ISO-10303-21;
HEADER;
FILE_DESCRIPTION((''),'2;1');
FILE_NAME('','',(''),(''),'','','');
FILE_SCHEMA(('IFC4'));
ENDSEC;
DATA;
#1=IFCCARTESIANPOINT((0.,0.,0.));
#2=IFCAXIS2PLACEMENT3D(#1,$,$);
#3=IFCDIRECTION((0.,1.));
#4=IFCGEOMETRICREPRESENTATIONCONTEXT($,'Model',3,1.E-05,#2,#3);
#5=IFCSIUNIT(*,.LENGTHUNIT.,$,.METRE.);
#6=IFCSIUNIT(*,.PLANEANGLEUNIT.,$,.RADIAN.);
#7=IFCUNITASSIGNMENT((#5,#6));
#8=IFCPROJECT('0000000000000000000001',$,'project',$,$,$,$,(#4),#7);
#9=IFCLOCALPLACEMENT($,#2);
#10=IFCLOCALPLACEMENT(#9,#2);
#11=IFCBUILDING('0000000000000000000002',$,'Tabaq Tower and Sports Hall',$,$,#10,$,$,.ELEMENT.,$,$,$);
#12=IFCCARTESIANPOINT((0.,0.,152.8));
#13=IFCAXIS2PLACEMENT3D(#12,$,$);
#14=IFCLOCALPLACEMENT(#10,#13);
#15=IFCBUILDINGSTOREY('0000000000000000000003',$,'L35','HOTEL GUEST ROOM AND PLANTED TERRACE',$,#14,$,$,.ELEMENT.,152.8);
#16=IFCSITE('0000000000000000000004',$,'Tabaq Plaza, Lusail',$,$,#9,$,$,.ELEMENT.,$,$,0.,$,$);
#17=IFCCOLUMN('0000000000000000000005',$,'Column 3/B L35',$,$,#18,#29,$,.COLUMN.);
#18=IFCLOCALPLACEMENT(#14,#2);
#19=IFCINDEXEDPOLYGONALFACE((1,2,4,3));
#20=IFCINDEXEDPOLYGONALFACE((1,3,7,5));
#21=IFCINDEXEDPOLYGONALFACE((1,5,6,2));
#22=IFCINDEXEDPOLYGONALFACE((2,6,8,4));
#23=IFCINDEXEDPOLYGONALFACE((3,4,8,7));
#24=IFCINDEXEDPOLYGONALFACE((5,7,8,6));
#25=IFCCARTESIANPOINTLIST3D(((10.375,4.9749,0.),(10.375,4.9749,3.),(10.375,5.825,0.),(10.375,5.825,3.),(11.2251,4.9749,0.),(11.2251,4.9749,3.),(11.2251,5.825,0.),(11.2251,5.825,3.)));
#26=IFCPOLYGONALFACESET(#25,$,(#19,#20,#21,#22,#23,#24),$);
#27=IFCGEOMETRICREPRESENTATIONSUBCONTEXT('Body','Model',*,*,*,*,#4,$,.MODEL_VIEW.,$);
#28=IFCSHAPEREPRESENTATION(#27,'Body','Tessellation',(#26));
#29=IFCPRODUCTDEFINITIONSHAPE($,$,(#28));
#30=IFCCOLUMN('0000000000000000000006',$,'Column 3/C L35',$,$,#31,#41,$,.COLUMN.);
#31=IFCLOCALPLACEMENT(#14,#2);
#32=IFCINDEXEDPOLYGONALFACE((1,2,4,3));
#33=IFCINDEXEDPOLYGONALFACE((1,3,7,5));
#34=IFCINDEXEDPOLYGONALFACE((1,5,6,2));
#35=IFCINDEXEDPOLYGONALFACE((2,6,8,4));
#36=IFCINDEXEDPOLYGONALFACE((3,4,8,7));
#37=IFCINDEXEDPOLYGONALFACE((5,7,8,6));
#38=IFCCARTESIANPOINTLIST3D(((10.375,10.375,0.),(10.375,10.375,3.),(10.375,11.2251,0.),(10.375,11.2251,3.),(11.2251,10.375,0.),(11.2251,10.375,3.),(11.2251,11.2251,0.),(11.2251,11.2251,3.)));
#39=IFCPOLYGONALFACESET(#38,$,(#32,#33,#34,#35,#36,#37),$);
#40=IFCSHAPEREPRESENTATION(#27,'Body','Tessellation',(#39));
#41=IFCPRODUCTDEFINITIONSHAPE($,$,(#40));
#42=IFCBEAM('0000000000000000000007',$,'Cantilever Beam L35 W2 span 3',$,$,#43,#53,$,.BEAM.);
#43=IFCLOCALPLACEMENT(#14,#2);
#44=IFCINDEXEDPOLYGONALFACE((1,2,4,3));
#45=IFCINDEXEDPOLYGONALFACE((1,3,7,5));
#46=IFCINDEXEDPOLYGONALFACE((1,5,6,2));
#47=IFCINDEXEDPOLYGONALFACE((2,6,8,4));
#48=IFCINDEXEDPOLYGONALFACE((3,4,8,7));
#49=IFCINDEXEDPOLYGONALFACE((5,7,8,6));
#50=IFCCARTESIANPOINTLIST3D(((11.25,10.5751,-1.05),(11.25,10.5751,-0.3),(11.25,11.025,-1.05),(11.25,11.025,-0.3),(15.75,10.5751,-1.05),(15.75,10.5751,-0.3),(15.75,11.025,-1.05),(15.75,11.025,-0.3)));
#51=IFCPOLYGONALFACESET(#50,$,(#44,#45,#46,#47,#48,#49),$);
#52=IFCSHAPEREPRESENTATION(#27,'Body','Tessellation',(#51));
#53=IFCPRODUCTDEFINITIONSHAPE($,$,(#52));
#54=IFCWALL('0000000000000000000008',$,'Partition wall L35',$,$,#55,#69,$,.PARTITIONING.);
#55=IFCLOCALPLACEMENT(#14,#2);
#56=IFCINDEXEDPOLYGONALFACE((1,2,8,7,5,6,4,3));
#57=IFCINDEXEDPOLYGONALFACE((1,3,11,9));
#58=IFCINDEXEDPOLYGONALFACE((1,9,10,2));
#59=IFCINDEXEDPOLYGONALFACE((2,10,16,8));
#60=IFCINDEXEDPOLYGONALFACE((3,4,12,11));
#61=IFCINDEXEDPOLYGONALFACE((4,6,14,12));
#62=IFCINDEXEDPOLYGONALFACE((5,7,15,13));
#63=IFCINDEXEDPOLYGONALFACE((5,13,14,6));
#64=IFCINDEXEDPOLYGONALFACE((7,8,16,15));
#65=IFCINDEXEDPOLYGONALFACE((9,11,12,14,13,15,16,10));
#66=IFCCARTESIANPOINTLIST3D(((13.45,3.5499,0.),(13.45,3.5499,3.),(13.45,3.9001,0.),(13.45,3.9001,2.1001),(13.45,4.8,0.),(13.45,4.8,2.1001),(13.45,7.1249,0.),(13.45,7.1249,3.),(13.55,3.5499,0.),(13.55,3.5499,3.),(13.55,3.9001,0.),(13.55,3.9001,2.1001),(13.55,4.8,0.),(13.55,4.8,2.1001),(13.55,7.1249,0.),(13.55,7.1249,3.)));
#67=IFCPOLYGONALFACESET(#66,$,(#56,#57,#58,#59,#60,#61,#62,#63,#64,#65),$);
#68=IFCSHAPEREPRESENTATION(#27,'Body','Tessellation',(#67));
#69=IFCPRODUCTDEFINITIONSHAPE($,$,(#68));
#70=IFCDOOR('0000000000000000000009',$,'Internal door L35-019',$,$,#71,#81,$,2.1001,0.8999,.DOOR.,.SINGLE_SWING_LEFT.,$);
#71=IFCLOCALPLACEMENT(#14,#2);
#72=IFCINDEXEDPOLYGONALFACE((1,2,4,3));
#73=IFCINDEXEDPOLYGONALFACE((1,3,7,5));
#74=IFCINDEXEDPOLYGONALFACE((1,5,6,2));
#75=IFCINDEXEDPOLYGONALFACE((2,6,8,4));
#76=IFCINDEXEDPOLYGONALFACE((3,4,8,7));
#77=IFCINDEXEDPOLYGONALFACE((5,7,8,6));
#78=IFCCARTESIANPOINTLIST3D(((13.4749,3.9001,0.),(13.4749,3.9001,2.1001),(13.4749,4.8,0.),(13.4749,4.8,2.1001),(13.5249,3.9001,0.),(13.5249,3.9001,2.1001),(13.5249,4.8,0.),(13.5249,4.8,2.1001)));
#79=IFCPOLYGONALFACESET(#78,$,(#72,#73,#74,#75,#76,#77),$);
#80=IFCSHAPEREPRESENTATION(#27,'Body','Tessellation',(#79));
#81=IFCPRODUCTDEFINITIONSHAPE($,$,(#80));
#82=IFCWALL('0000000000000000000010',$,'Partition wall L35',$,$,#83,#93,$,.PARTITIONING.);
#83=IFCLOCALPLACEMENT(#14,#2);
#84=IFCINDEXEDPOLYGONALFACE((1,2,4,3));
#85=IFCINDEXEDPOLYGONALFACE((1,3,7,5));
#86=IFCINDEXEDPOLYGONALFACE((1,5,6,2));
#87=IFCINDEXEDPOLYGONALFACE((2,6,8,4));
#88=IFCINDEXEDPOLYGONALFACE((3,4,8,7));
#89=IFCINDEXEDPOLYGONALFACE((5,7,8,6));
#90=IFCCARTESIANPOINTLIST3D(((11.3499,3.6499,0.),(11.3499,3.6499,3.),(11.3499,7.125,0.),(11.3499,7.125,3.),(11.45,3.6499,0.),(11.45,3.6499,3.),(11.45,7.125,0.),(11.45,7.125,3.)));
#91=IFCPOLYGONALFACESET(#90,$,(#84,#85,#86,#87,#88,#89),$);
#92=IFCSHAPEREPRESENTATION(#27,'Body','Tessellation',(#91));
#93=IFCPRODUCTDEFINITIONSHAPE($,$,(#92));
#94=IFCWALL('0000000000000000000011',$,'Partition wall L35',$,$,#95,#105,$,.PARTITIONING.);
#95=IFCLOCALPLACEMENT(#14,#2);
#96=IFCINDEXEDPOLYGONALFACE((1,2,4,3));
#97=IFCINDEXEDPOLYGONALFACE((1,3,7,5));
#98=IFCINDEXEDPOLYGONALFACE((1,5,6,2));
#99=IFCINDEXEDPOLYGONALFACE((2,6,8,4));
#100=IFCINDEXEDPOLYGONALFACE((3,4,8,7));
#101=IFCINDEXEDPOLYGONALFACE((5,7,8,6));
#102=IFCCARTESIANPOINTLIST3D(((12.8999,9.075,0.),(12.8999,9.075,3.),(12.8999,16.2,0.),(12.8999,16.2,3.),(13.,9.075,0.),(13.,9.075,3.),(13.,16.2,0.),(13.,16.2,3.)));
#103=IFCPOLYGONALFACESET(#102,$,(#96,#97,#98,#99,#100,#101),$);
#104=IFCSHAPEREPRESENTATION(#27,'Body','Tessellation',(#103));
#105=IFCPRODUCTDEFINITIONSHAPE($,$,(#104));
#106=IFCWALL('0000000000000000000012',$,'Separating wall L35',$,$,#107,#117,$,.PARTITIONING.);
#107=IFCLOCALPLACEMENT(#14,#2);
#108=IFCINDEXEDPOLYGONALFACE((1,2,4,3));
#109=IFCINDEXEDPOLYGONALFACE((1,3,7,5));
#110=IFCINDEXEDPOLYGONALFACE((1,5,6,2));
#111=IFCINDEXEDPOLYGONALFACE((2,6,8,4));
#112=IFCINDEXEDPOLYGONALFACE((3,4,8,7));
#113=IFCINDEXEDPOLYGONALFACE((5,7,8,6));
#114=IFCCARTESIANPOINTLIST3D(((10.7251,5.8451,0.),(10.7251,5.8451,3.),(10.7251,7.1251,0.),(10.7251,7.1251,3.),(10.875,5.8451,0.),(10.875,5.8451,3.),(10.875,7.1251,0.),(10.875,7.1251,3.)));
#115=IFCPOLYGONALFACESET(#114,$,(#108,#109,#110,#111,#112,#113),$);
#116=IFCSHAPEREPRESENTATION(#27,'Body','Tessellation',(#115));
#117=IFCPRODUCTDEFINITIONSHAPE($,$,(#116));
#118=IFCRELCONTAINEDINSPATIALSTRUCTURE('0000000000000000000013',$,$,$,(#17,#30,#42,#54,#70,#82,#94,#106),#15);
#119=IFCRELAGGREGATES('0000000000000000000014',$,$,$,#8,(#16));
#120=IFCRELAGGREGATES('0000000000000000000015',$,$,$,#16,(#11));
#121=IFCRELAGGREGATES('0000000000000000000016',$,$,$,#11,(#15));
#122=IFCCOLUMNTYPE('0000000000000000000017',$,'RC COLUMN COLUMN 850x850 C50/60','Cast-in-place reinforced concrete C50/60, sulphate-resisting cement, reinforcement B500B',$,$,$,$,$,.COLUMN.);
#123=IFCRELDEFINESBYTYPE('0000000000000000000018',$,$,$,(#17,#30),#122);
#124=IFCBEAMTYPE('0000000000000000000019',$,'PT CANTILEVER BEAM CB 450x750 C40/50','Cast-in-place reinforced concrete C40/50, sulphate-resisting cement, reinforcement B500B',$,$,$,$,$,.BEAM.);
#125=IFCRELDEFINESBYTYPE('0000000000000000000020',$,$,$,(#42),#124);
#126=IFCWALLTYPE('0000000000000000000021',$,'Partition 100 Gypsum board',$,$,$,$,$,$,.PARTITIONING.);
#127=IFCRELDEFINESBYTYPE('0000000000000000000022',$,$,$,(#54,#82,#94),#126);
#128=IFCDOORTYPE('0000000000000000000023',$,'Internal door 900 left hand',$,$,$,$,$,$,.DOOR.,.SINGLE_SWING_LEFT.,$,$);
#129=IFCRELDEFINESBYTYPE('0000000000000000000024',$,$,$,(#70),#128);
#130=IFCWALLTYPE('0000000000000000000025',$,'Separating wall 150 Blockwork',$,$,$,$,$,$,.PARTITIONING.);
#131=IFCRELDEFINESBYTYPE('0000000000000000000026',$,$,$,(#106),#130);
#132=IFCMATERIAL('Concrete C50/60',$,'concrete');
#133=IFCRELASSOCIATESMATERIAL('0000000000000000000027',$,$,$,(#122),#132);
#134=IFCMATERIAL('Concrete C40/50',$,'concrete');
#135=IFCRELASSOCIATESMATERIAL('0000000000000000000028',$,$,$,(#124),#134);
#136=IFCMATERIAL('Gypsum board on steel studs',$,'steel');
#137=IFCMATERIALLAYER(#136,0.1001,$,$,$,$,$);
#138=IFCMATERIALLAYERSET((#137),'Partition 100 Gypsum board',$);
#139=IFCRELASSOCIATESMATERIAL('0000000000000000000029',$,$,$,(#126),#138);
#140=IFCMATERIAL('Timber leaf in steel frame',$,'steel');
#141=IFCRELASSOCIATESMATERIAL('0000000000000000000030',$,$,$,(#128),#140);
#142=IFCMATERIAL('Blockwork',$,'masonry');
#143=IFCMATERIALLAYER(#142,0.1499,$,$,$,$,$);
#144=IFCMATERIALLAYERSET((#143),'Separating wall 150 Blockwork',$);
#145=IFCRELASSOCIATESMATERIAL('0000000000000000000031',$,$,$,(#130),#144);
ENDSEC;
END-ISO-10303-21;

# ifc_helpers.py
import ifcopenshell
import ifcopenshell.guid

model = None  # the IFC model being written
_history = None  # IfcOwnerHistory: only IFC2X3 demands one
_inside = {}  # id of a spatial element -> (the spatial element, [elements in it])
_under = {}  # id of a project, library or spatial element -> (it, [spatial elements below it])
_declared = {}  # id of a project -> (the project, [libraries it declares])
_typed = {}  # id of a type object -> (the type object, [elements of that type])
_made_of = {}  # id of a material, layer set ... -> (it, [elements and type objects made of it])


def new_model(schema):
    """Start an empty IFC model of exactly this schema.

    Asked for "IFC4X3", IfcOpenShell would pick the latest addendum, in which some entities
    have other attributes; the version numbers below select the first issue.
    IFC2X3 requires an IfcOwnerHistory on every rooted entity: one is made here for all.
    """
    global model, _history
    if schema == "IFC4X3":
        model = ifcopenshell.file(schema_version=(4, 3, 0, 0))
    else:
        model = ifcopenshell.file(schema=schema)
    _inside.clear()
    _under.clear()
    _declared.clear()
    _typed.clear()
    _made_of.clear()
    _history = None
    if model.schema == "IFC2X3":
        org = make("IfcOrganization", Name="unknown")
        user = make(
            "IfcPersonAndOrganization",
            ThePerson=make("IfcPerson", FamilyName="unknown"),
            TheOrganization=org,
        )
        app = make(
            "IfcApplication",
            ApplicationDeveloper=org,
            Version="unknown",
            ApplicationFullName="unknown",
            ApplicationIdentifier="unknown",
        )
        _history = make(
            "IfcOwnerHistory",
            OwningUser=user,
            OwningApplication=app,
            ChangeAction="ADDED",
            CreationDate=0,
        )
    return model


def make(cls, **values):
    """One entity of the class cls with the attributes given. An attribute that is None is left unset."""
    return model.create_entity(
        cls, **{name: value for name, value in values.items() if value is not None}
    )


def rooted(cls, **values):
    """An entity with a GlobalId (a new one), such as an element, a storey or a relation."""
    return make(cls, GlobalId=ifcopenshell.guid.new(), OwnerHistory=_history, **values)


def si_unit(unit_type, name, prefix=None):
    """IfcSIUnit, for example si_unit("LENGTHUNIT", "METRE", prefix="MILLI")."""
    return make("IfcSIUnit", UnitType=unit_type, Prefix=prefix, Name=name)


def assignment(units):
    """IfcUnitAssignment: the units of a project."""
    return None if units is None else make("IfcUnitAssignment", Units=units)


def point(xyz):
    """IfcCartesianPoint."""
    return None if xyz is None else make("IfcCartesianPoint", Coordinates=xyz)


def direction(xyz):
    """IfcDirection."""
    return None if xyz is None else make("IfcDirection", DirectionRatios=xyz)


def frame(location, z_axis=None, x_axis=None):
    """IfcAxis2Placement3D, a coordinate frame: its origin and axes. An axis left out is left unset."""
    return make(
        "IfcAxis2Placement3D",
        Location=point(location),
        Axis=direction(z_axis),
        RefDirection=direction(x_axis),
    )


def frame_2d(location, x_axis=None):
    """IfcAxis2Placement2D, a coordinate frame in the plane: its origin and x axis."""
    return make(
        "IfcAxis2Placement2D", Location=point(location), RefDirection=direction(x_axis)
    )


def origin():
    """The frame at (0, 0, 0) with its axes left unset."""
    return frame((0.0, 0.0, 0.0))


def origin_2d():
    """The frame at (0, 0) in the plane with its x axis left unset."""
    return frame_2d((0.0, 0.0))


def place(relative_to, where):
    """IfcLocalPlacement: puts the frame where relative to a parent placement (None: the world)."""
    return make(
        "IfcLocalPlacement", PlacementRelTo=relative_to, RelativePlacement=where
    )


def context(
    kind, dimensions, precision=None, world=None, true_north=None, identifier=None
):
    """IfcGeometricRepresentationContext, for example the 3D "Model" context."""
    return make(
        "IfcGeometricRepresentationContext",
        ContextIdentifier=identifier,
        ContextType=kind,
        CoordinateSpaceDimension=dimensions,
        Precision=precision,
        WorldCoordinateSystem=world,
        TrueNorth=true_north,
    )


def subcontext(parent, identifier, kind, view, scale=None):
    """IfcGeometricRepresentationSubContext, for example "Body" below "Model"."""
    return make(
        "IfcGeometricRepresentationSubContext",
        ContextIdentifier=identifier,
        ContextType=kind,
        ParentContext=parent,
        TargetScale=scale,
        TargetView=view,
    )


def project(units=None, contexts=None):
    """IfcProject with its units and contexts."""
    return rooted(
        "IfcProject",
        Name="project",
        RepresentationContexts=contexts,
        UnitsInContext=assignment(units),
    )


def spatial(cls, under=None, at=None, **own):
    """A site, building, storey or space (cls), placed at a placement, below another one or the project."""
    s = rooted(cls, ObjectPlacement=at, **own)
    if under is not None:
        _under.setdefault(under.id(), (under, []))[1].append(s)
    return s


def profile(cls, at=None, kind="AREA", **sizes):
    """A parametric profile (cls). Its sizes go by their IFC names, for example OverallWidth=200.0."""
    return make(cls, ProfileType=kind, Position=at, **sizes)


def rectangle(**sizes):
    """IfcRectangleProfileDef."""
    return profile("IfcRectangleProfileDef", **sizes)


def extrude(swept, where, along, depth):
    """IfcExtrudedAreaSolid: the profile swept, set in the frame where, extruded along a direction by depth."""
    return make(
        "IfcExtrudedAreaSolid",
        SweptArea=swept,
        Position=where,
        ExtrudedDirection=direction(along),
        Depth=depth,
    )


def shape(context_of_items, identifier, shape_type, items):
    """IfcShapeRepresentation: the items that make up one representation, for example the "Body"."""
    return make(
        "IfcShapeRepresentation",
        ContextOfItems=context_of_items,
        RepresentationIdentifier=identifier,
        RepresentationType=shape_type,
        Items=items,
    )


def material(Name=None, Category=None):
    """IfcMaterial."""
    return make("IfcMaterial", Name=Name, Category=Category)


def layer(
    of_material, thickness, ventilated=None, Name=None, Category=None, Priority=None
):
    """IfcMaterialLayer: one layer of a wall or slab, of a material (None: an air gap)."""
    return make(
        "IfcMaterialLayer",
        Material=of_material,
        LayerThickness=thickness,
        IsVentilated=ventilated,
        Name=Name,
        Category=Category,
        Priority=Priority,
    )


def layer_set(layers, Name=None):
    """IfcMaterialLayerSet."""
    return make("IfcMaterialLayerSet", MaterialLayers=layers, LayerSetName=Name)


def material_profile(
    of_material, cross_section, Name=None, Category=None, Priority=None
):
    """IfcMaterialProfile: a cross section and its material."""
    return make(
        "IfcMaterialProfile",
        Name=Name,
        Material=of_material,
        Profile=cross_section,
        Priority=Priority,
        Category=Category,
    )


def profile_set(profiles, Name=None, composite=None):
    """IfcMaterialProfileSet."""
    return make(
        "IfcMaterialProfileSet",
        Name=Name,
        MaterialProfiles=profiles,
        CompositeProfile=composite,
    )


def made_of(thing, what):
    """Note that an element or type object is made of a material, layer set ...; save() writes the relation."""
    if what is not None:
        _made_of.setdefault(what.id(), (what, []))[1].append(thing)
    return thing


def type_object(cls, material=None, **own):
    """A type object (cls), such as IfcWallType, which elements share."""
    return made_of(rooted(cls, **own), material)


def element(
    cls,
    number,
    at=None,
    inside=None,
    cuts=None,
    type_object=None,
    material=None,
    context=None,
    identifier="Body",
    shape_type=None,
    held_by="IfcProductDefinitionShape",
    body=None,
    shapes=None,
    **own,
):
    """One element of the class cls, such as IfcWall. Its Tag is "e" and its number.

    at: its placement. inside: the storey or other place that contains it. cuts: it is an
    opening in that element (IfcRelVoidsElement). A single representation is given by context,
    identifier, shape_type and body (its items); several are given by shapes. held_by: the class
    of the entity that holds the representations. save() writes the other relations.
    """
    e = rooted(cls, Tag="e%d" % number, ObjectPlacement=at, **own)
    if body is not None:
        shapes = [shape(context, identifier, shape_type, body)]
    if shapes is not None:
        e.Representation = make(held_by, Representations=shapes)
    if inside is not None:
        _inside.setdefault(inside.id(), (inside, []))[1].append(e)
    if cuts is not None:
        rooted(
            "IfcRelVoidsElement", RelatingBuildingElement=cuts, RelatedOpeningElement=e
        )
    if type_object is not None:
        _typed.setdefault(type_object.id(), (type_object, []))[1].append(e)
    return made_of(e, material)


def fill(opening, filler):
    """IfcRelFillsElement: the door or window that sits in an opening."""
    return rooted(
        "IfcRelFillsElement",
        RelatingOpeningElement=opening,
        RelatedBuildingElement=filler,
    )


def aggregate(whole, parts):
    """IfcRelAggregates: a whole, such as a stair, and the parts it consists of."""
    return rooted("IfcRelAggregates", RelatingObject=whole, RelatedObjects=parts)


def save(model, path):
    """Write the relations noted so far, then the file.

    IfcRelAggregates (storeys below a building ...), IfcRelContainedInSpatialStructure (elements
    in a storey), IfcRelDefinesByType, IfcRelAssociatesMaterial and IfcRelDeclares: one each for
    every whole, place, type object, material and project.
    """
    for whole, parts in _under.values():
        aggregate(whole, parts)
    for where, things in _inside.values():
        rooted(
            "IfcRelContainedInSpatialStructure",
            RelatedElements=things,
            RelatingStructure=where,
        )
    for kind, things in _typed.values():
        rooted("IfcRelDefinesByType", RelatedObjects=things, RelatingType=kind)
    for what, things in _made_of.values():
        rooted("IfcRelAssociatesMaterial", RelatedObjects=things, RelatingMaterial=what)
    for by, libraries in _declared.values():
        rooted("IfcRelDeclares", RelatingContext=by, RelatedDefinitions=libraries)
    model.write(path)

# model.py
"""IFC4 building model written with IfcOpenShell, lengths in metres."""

from ifc_helpers import new_model, si_unit, direction, frame, frame_2d, origin, origin_2d, place, context, subcontext, project, spatial, rectangle, extrude, material, layer, layer_set, material_profile, profile_set, type_object, element, fill, save


model = new_model("IFC4")

# Units and contexts
model_context = context("Model", 3, precision=1e-05, world=origin(), true_north=direction((0.0, 1.0)))
body_context = subcontext(model_context, "Body", "Model", "MODEL_VIEW")
ifc_project = project(units=[si_unit("LENGTHUNIT", "METRE"), si_unit("PLANEANGLEUNIT", "RADIAN")], contexts=[model_context])

# Site, building, storey
site_placement = place(None, origin())
site = spatial("IfcSite", under=ifc_project, at=site_placement, Name="Tabaq Plaza, Lusail", CompositionType="ELEMENT", RefElevation=0.0)
building_placement = place(site_placement, origin())
building = spatial("IfcBuilding", under=site, at=building_placement, Name="Tabaq Tower and Sports Hall", CompositionType="ELEMENT")
storey_placement = place(building_placement, frame((0.0, 0.0, 152.8)))
storey = spatial("IfcBuildingStorey", under=building, at=storey_placement, Name="L35", Description="HOTEL GUEST ROOM AND PLANTED TERRACE", CompositionType="ELEMENT", Elevation=152.8)

# Columns
ifc_material_1 = material(Name="Concrete C50/60", Category="concrete")
ifc_material_profile_1 = material_profile(ifc_material_1, rectangle(XDim=0.8501, YDim=0.8501, at=origin_2d()), Name="COLUMN 850x850")
ifc_profile_set_1 = profile_set([ifc_material_profile_1], Name="Concrete C50/60")
column_type = type_object("IfcColumnType", Name="RC COLUMN COLUMN 850x850 C50/60", Description="Cast-in-place reinforced concrete C50/60, sulphate-resisting cement, reinforcement B500B", PredefinedType="COLUMN", material=ifc_profile_set_1)
for number, where, z_axis, x_axis, name in (
    (1, (10.8, 5.3999, 0.0), (0.0, 0.0, 1.0), (1.0, 0.0, 0.0), "Column 3/B L35"),
    (2, (10.8, 10.8, 0.0), (0.0, 0.0, 1.0), (1.0, 0.0, 0.0), "Column 3/C L35"),
):
    element("IfcColumn", number, at=place(storey_placement, frame(where, z_axis=z_axis, x_axis=x_axis)), inside=storey, type_object=column_type, Name=name, PredefinedType="COLUMN", context=body_context, shape_type="SweptSolid", body=[
        extrude(rectangle(XDim=0.8501, YDim=0.8501, at=origin_2d()), origin(), (0.0, 0.0, 1.0), 3.0),
    ])

# Beam
ifc_material_2 = material(Name="Concrete C40/50", Category="concrete")
ifc_material_profile_2 = material_profile(ifc_material_2, rectangle(XDim=0.45, YDim=0.75, at=origin_2d()), Name="CB 450x750")
ifc_profile_set_2 = profile_set([ifc_material_profile_2], Name="Concrete C40/50")
beam_type = type_object("IfcBeamType", Name="PT CANTILEVER BEAM CB 450x750 C40/50", Description="Cast-in-place reinforced concrete C40/50, sulphate-resisting cement, reinforcement B500B", PredefinedType="BEAM", material=ifc_profile_set_2)
beam_placement = place(storey_placement, frame((11.25, 10.8, -0.675), z_axis=(1.0, 0.0, 0.0), x_axis=(0.0, 1.0, 0.0)))
element("IfcBeam", 3, at=beam_placement, inside=storey, type_object=beam_type, Name="Cantilever Beam L35 W2 span 3", PredefinedType="BEAM", context=body_context, shape_type="SweptSolid", body=[
    extrude(rectangle(XDim=0.45, YDim=0.75, at=origin_2d()), origin(), (0.0, 0.0, 1.0), 4.5),
])

# Wall, opening, door
ifc_material_3 = material(Name="Gypsum board on steel studs", Category="steel")
ifc_layer_1 = layer(ifc_material_3, 0.1001)
ifc_layer_set_1 = layer_set([ifc_layer_1], Name="Partition 100 Gypsum board")
wall_type_1 = type_object("IfcWallType", Name="Partition 100 Gypsum board", PredefinedType="PARTITIONING", material=ifc_layer_set_1)
wall_1_placement = place(storey_placement, frame((13.5, 7.125, 0.0), z_axis=(0.0, 0.0, 1.0), x_axis=(0.0, -1.0, 0.0)))
wall_1 = element("IfcWall", 4, at=wall_1_placement, inside=storey, type_object=wall_type_1, Name="Partition wall L35", PredefinedType="PARTITIONING", context=body_context, shape_type="SweptSolid", body=[
    extrude(rectangle(XDim=3.575, YDim=0.1001, at=frame_2d((1.7876, 0.0))), origin(), (0.0, 0.0, 1.0), 3.0),
])
opening_placement = place(wall_1_placement, frame((2.325, 0.0, 0.0)))
opening = element("IfcOpeningElement", 5, at=opening_placement, cuts=wall_1, PredefinedType="OPENING", context=body_context, shape_type="SweptSolid", body=[
    extrude(rectangle(XDim=0.8999, YDim=2.1001, at=frame_2d((0.45, 1.05))), frame((0.0, 0.05, 0.0), z_axis=(0.0, -1.0, 0.0), x_axis=(1.0, 0.0, 0.0)), (0.0, 0.0, 1.0), 0.1001),
])
ifc_material_4 = material(Name="Timber leaf in steel frame", Category="steel")
door_type = type_object("IfcDoorType", Name="Internal door 900 left hand", OperationType="SINGLE_SWING_LEFT", PredefinedType="DOOR", material=ifc_material_4)
door_placement = place(opening_placement, origin())
door = element("IfcDoor", 6, at=door_placement, inside=storey, type_object=door_type, Name="Internal door L35-019", OperationType="SINGLE_SWING_LEFT", OverallHeight=2.1001, OverallWidth=0.8999, PredefinedType="DOOR", context=body_context, shape_type="SweptSolid", body=[
    extrude(rectangle(XDim=0.8999, YDim=2.1001, at=frame_2d((0.45, 1.05))), frame((0.0, 0.0249, 0.0), z_axis=(0.0, -1.0, 0.0), x_axis=(1.0, 0.0, 0.0)), (0.0, 0.0, 1.0), 0.05),
])
fill(opening, door)

# Walls
wall_2_placement = place(storey_placement, frame((11.3999, 3.6499, 0.0), z_axis=(0.0, 0.0, 1.0), x_axis=(0.0, 1.0, 0.0)))
element("IfcWall", 7, at=wall_2_placement, inside=storey, type_object=wall_type_1, Name="Partition wall L35", PredefinedType="PARTITIONING", context=body_context, shape_type="SweptSolid", body=[
    extrude(rectangle(XDim=3.4751, YDim=0.1001, at=frame_2d((1.7375, 0.0))), origin(), (0.0, 0.0, 1.0), 3.0),
])
wall_3_placement = place(storey_placement, frame((12.95, 9.075, 0.0), z_axis=(0.0, 0.0, 1.0), x_axis=(0.0, 1.0, 0.0)))
element("IfcWall", 8, at=wall_3_placement, inside=storey, type_object=wall_type_1, Name="Partition wall L35", PredefinedType="PARTITIONING", context=body_context, shape_type="SweptSolid", body=[
    extrude(rectangle(XDim=7.125, YDim=0.1001, at=frame_2d((3.5625, 0.0))), origin(), (0.0, 0.0, 1.0), 3.0),
])
ifc_material_5 = material(Name="Blockwork", Category="masonry")
ifc_layer_2 = layer(ifc_material_5, 0.1499)
ifc_layer_set_2 = layer_set([ifc_layer_2], Name="Separating wall 150 Blockwork")
wall_type_2 = type_object("IfcWallType", Name="Separating wall 150 Blockwork", PredefinedType="PARTITIONING", material=ifc_layer_set_2)
wall_4_placement = place(storey_placement, frame((10.8, 5.845, 0.0), z_axis=(0.0, 0.0, 1.0), x_axis=(0.0, 1.0, 0.0)))
element("IfcWall", 9, at=wall_4_placement, inside=storey, type_object=wall_type_2, Name="Separating wall L35", PredefinedType="PARTITIONING", context=body_context, shape_type="SweptSolid", body=[
    extrude(rectangle(XDim=1.28, YDim=0.1499, at=frame_2d((0.6401, 0.0))), origin(), (0.0, 0.0, 1.0), 3.0),
])

save(model, "model.ifc")
